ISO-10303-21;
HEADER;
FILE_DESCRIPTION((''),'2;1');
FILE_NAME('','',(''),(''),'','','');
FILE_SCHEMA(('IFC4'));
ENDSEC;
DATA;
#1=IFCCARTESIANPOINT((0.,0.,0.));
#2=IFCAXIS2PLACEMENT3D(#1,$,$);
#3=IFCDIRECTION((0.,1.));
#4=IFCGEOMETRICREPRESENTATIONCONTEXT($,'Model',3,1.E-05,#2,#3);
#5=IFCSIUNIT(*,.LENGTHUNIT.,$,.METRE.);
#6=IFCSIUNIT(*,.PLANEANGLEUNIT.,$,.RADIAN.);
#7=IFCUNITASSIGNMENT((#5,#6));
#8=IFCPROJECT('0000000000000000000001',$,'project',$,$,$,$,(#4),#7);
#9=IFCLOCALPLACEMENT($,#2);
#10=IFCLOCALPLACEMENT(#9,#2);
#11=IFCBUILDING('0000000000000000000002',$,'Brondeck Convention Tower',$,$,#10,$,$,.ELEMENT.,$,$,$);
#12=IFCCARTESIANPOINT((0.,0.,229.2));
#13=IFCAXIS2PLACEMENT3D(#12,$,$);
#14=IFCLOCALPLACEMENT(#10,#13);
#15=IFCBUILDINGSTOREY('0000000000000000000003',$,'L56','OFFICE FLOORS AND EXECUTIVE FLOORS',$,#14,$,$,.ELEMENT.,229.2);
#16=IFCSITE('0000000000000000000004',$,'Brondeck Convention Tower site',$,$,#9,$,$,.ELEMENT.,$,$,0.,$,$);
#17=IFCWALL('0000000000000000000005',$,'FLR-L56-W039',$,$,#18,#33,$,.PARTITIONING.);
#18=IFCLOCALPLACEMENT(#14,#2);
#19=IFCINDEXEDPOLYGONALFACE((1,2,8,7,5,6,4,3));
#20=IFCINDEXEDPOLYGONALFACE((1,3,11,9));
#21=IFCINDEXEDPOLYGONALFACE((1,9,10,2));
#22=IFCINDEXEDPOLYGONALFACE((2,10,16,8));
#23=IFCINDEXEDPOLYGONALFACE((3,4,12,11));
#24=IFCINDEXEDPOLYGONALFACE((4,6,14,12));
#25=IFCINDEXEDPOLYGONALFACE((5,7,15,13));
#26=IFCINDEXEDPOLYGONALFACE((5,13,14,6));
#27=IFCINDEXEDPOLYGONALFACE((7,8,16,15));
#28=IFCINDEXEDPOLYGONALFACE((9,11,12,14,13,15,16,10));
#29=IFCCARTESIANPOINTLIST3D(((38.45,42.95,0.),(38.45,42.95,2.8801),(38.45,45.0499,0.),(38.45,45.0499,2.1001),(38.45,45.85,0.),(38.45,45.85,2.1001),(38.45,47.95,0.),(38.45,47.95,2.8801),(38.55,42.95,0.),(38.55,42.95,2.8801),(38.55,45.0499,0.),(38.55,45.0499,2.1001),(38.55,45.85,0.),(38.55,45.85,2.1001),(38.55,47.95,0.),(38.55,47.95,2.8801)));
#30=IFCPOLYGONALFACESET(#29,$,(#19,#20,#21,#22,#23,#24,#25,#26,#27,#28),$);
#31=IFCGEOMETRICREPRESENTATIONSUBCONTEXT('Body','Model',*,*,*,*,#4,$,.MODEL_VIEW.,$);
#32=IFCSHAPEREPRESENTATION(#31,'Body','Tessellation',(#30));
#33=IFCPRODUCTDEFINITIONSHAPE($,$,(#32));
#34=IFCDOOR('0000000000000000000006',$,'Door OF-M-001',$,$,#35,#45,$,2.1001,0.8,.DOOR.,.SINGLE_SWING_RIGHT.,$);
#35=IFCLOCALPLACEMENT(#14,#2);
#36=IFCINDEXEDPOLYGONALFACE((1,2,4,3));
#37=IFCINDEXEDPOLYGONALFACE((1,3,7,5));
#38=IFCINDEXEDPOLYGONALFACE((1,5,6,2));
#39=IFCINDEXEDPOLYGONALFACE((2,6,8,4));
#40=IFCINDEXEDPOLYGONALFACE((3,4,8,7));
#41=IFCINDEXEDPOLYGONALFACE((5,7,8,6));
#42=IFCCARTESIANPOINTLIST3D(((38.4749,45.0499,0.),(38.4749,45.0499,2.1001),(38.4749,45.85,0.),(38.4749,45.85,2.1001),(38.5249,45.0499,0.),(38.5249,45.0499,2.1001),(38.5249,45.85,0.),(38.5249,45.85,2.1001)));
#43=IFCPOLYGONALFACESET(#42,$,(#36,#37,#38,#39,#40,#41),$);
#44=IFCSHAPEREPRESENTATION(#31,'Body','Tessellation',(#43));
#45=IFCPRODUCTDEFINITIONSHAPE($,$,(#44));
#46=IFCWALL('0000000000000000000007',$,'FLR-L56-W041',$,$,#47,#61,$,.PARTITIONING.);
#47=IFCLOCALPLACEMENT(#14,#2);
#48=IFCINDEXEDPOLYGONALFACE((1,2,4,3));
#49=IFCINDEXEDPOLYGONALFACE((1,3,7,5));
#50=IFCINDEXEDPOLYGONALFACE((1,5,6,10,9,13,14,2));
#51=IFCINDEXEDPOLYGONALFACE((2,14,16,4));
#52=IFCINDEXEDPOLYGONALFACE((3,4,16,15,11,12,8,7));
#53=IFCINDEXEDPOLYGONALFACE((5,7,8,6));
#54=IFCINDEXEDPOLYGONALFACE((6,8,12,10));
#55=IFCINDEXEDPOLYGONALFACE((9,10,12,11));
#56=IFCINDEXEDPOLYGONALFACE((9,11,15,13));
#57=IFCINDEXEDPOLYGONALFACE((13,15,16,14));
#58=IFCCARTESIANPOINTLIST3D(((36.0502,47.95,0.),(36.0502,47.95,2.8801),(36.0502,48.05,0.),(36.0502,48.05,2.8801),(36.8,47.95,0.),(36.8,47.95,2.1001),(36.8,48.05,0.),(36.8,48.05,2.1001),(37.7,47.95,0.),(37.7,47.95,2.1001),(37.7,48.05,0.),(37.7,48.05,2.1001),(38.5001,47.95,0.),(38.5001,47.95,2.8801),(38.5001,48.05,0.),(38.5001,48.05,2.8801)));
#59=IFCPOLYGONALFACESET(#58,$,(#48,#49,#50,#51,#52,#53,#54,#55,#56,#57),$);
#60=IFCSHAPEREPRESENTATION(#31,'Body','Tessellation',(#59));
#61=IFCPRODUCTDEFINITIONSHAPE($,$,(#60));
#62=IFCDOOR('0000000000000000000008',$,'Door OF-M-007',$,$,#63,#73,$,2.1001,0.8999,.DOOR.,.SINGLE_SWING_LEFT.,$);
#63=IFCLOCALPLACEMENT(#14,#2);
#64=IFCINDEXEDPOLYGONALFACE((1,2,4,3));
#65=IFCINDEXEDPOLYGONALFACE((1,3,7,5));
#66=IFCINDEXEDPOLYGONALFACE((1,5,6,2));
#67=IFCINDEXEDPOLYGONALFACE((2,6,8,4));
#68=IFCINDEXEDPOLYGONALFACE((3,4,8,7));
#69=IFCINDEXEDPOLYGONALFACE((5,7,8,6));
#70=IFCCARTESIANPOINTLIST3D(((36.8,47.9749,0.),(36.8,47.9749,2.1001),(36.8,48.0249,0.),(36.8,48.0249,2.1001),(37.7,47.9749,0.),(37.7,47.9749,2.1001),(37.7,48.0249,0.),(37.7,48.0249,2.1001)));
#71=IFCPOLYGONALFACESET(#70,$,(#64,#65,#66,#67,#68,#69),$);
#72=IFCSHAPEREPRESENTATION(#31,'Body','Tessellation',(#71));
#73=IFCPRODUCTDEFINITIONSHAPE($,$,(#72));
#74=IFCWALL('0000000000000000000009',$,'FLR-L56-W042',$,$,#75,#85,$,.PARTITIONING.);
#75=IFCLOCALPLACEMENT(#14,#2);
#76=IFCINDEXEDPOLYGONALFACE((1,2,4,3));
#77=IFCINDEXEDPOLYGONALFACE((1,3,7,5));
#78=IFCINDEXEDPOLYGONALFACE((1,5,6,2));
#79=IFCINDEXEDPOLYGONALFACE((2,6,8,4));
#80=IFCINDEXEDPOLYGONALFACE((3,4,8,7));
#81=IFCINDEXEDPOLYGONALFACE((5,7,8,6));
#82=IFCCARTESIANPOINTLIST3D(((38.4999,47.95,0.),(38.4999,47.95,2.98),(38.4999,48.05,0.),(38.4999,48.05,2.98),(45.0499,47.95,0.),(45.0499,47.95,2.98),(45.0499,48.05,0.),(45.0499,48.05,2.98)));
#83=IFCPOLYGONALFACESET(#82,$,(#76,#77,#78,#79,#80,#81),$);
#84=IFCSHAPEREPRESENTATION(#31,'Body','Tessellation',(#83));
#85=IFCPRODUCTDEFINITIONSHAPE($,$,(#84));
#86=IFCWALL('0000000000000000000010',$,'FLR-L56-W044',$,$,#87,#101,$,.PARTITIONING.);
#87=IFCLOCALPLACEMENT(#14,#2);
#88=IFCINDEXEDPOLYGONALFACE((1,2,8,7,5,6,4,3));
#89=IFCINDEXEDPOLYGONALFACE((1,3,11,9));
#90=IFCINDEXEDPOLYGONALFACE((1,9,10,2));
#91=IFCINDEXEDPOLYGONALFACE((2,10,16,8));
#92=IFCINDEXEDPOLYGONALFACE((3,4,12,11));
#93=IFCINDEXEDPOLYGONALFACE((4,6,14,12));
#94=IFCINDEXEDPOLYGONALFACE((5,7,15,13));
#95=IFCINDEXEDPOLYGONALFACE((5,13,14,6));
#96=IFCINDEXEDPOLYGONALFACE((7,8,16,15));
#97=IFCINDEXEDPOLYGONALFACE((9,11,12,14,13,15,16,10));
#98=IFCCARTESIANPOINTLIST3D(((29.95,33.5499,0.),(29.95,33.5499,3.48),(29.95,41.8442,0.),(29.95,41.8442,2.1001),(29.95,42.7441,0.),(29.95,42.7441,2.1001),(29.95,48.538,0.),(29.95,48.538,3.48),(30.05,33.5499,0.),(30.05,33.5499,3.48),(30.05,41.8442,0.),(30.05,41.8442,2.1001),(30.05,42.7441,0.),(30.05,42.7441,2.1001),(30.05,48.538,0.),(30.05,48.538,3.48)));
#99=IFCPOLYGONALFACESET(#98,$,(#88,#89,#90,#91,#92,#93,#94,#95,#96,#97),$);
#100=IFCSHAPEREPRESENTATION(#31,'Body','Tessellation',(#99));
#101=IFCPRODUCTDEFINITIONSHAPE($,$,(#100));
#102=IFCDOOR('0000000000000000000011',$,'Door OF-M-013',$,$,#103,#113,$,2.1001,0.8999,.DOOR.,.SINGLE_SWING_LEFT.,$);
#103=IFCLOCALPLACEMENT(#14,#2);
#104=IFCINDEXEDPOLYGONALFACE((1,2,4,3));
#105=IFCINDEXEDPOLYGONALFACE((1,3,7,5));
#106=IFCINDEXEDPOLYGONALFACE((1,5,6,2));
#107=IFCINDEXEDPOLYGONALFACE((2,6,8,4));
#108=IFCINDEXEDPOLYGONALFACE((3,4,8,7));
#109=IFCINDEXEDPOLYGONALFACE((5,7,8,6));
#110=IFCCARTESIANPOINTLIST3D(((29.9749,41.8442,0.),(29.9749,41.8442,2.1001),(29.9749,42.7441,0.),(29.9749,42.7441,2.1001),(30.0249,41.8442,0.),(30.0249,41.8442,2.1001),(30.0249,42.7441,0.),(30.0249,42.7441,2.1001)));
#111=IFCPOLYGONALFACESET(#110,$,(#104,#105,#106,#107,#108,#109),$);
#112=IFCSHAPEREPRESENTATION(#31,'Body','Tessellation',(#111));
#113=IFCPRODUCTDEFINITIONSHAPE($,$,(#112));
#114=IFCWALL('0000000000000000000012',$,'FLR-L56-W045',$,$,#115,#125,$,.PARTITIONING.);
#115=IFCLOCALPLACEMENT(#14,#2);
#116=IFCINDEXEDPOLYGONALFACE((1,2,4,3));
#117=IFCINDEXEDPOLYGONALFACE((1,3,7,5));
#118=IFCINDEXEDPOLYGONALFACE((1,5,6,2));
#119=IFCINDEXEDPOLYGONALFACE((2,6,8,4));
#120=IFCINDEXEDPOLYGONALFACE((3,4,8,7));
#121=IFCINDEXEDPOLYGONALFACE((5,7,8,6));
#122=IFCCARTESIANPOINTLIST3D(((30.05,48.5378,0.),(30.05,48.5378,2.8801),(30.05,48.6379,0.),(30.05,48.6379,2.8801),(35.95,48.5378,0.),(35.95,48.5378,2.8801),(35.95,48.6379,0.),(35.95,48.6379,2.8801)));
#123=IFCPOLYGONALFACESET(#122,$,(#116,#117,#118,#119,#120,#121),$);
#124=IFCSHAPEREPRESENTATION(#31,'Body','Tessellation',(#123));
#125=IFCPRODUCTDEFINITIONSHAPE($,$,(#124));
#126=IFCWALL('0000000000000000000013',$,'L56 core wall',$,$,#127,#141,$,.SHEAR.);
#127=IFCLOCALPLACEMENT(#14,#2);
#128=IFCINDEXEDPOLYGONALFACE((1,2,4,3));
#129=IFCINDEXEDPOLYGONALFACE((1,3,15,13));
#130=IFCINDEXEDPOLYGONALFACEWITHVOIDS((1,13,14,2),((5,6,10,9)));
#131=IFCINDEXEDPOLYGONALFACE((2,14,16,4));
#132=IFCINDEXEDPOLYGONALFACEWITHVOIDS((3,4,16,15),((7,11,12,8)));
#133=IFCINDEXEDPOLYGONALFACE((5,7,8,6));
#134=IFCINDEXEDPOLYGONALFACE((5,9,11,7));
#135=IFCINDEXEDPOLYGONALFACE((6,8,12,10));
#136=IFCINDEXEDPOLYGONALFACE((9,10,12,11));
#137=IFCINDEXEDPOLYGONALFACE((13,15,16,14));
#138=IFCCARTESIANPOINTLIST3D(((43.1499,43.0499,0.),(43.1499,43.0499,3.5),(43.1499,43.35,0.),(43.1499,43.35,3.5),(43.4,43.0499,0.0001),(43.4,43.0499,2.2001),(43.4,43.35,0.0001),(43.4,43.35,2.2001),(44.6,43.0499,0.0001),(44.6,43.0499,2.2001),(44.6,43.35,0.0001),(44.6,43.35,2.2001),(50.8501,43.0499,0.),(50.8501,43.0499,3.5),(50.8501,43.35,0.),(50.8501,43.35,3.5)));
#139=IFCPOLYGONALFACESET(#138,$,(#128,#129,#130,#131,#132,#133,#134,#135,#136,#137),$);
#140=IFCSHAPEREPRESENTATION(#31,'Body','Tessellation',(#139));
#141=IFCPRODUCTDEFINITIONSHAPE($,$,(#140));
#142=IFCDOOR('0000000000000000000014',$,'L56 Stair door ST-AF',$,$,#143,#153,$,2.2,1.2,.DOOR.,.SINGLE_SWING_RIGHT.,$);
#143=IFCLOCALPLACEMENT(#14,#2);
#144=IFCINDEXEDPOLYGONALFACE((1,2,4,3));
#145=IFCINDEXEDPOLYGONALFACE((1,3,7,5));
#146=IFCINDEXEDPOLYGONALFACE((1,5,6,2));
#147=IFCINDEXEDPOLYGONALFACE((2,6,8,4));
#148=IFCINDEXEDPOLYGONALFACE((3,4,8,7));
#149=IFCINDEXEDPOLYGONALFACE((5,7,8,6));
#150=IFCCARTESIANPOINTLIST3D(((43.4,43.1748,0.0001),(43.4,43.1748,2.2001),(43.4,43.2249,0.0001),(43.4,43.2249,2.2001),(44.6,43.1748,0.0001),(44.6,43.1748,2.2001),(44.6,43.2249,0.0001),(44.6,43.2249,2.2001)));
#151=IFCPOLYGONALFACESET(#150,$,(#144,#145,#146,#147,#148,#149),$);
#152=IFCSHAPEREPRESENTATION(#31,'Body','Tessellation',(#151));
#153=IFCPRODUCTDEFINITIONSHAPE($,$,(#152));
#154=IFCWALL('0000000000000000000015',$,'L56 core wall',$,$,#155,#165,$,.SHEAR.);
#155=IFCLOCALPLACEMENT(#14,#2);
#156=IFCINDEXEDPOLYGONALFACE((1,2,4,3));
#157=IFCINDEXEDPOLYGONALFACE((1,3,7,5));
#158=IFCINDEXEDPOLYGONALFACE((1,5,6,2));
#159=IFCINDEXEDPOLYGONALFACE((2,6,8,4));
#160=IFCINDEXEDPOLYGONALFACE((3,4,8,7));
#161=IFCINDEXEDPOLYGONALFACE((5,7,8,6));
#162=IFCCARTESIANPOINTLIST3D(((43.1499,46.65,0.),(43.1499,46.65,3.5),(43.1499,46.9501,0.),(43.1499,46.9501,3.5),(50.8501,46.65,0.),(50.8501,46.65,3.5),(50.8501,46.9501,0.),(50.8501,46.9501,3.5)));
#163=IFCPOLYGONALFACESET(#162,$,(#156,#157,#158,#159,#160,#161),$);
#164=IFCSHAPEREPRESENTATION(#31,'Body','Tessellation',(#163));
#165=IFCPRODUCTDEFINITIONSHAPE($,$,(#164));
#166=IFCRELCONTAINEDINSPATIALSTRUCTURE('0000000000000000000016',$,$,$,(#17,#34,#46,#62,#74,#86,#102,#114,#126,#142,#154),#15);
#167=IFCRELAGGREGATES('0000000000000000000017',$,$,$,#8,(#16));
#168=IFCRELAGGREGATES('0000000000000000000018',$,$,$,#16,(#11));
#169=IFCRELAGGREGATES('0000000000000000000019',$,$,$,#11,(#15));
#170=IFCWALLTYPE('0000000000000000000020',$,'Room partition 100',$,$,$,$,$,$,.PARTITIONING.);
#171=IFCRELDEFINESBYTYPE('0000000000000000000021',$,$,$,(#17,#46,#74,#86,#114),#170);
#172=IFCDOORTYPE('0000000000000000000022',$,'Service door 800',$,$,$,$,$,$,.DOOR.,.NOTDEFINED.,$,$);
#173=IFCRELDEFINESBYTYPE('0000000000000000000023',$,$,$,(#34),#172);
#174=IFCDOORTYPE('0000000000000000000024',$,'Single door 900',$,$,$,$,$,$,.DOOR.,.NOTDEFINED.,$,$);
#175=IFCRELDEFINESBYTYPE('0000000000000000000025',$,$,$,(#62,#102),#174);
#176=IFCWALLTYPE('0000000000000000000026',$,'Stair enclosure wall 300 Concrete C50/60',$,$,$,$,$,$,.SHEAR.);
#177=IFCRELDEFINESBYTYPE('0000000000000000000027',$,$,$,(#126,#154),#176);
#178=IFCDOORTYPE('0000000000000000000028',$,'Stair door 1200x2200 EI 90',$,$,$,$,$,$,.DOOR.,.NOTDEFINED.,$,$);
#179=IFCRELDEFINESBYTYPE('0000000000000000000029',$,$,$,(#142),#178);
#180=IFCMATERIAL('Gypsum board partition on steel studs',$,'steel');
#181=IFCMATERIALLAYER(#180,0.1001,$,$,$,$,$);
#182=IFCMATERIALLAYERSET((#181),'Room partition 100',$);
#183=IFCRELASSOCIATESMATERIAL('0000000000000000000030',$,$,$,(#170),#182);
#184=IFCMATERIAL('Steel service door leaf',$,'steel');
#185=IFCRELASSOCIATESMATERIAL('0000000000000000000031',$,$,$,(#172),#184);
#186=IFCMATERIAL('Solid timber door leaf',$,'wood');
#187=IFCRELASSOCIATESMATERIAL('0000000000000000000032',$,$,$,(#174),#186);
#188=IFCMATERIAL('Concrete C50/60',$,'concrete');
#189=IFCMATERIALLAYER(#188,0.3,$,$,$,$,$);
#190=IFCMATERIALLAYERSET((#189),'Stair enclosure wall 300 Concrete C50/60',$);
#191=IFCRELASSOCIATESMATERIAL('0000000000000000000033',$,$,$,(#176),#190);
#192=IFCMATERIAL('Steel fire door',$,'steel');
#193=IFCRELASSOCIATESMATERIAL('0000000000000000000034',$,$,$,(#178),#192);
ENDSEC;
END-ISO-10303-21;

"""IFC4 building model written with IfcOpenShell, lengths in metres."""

from ifc_helpers import new_model, si_unit, direction, frame, frame_2d, origin, place, context, subcontext, project, spatial, rectangle, extrude, material, layer, layer_set, type_object, element, fill, save


model = new_model("IFC4")

# Units and contexts
model_context = context("Model", 3, precision=1e-05, world=origin(), true_north=direction((0.0, 1.0)))
body_context = subcontext(model_context, "Body", "Model", "MODEL_VIEW")
ifc_project = project(units=[si_unit("LENGTHUNIT", "METRE"), si_unit("PLANEANGLEUNIT", "RADIAN")], contexts=[model_context])

# Site, building, storey
site_placement = place(None, origin())
site = spatial("IfcSite", under=ifc_project, at=site_placement, Name="Brondeck Convention Tower site", CompositionType="ELEMENT", RefElevation=0.0)
building_placement = place(site_placement, origin())
building = spatial("IfcBuilding", under=site, at=building_placement, Name="Brondeck Convention Tower", CompositionType="ELEMENT")
storey_placement = place(building_placement, frame((0.0, 0.0, 229.2)))
storey = spatial("IfcBuildingStorey", under=building, at=storey_placement, Name="L56", Description="OFFICE FLOORS AND EXECUTIVE FLOORS", CompositionType="ELEMENT", Elevation=229.2)

# Shared definitions
ifc_material_1 = material(Name="Concrete C50/60", Category="concrete")

# Walls, openings, doors
ifc_material_2 = material(Name="Gypsum board partition on steel studs", Category="steel")
ifc_layer_1 = layer(ifc_material_2, 0.1001)
ifc_layer_set_1 = layer_set([ifc_layer_1], Name="Room partition 100")
wall_type_1 = type_object("IfcWallType", Name="Room partition 100", PredefinedType="PARTITIONING", material=ifc_layer_set_1)
wall_1_placement = place(storey_placement, frame((38.5, 47.95, 0.0), z_axis=(0.0, 0.0, 1.0), x_axis=(0.0, -1.0, 0.0)))
wall_1 = element("IfcWall", 1, at=wall_1_placement, inside=storey, type_object=wall_type_1, Name="FLR-L56-W039", PredefinedType="PARTITIONING", context=body_context, shape_type="SweptSolid", body=[
    extrude(rectangle(XDim=5.0, YDim=0.1001, at=frame_2d((2.5, 0.0))), origin(), (0.0, 0.0, 1.0), 2.8801),
])
opening_1_placement = place(wall_1_placement, frame((2.1001, 0.0, 0.0)))
opening_1 = element("IfcOpeningElement", 2, at=opening_1_placement, cuts=wall_1, PredefinedType="OPENING", context=body_context, shape_type="SweptSolid", body=[
    extrude(rectangle(XDim=0.8, YDim=2.1001, at=frame_2d((0.3999, 1.05))), frame((0.0, 0.0601, 0.0), z_axis=(0.0, -1.0, 0.0), x_axis=(1.0, 0.0, 0.0)), (0.0, 0.0, 1.0), 0.1201),
])
ifc_material_3 = material(Name="Steel service door leaf", Category="steel")
door_type_1 = type_object("IfcDoorType", Name="Service door 800", OperationType="NOTDEFINED", PredefinedType="DOOR", material=ifc_material_3)
door_1_placement = place(opening_1_placement, origin())
door_1 = element("IfcDoor", 3, at=door_1_placement, inside=storey, type_object=door_type_1, Name="Door OF-M-001", OperationType="SINGLE_SWING_RIGHT", OverallHeight=2.1001, OverallWidth=0.8, PredefinedType="DOOR", context=body_context, shape_type="SweptSolid", body=[
    extrude(rectangle(XDim=0.8, YDim=2.1001, at=frame_2d((0.3999, 1.05))), frame((0.0, 0.0249, 0.0), z_axis=(0.0, -1.0, 0.0), x_axis=(1.0, 0.0, 0.0)), (0.0, 0.0, 1.0), 0.05),
])
fill(opening_1, door_1)
wall_2_placement = place(storey_placement, frame((36.05, 48.0, 0.0), z_axis=(0.0, 0.0, 1.0), x_axis=(1.0, 0.0, 0.0)))
wall_2 = element("IfcWall", 4, at=wall_2_placement, inside=storey, type_object=wall_type_1, Name="FLR-L56-W041", PredefinedType="PARTITIONING", context=body_context, shape_type="SweptSolid", body=[
    extrude(rectangle(XDim=2.45, YDim=0.1001, at=frame_2d((1.2251, 0.0))), origin(), (0.0, 0.0, 1.0), 2.8801),
])
opening_2_placement = place(wall_2_placement, frame((0.75, 0.0, 0.0)))
opening_2 = element("IfcOpeningElement", 5, at=opening_2_placement, cuts=wall_2, PredefinedType="OPENING", context=body_context, shape_type="SweptSolid", body=[
    extrude(rectangle(XDim=0.8999, YDim=2.1001, at=frame_2d((0.45, 1.05))), frame((0.0, 0.0601, 0.0), z_axis=(0.0, -1.0, 0.0), x_axis=(1.0, 0.0, 0.0)), (0.0, 0.0, 1.0), 0.1201),
])
ifc_material_4 = material(Name="Solid timber door leaf", Category="wood")
door_type_2 = type_object("IfcDoorType", Name="Single door 900", OperationType="NOTDEFINED", PredefinedType="DOOR", material=ifc_material_4)
door_2_placement = place(opening_2_placement, origin())
door_2 = element("IfcDoor", 6, at=door_2_placement, inside=storey, type_object=door_type_2, Name="Door OF-M-007", OperationType="SINGLE_SWING_LEFT", OverallHeight=2.1001, OverallWidth=0.8999, PredefinedType="DOOR", context=body_context, shape_type="SweptSolid", body=[
    extrude(rectangle(XDim=0.8999, YDim=2.1001, at=frame_2d((0.45, 1.05))), frame((0.0, 0.0249, 0.0), z_axis=(0.0, -1.0, 0.0), x_axis=(1.0, 0.0, 0.0)), (0.0, 0.0, 1.0), 0.05),
])
fill(opening_2, door_2)

# Wall
wall_3_placement = place(storey_placement, frame((38.5, 48.0, 0.0), z_axis=(0.0, 0.0, 1.0), x_axis=(1.0, 0.0, 0.0)))
element("IfcWall", 7, at=wall_3_placement, inside=storey, type_object=wall_type_1, Name="FLR-L56-W042", PredefinedType="PARTITIONING", context=body_context, shape_type="SweptSolid", body=[
    extrude(rectangle(XDim=6.55, YDim=0.1001, at=frame_2d((3.2749, 0.0))), origin(), (0.0, 0.0, 1.0), 2.98),
])

# Wall, opening, door
wall_4_placement = place(storey_placement, frame((30.0, 48.5381, 0.0), z_axis=(0.0, 0.0, 1.0), x_axis=(0.0, -1.0, 0.0)))
wall_4 = element("IfcWall", 8, at=wall_4_placement, inside=storey, type_object=wall_type_1, Name="FLR-L56-W044", PredefinedType="PARTITIONING", context=body_context, shape_type="SweptSolid", body=[
    extrude(rectangle(XDim=14.988, YDim=0.1001, at=frame_2d((7.4941, 0.0))), origin(), (0.0, 0.0, 1.0), 3.48),
])
opening_3_placement = place(wall_4_placement, frame((5.7939, 0.0, 0.0)))
opening_3 = element("IfcOpeningElement", 9, at=opening_3_placement, cuts=wall_4, PredefinedType="OPENING", context=body_context, shape_type="SweptSolid", body=[
    extrude(rectangle(XDim=0.8999, YDim=2.1001, at=frame_2d((0.45, 1.05))), frame((0.0, 0.0601, 0.0), z_axis=(0.0, -1.0, 0.0), x_axis=(1.0, 0.0, 0.0)), (0.0, 0.0, 1.0), 0.1201),
])
door_3_placement = place(opening_3_placement, origin())
door_3 = element("IfcDoor", 10, at=door_3_placement, inside=storey, type_object=door_type_2, Name="Door OF-M-013", OperationType="SINGLE_SWING_LEFT", OverallHeight=2.1001, OverallWidth=0.8999, PredefinedType="DOOR", context=body_context, shape_type="SweptSolid", body=[
    extrude(rectangle(XDim=0.8999, YDim=2.1001, at=frame_2d((0.45, 1.05))), frame((0.0, 0.0249, 0.0), z_axis=(0.0, -1.0, 0.0), x_axis=(1.0, 0.0, 0.0)), (0.0, 0.0, 1.0), 0.05),
])
fill(opening_3, door_3)

# Wall
wall_5_placement = place(storey_placement, frame((30.05, 48.5879, 0.0), z_axis=(0.0, 0.0, 1.0), x_axis=(1.0, 0.0, 0.0)))
element("IfcWall", 11, at=wall_5_placement, inside=storey, type_object=wall_type_1, Name="FLR-L56-W045", PredefinedType="PARTITIONING", context=body_context, shape_type="SweptSolid", body=[
    extrude(rectangle(XDim=5.8999, YDim=0.1001, at=frame_2d((2.95, 0.0))), origin(), (0.0, 0.0, 1.0), 2.8801),
])

# Wall, opening, door
ifc_layer_2 = layer(ifc_material_1, 0.3)
ifc_layer_set_2 = layer_set([ifc_layer_2], Name="Stair enclosure wall 300 Concrete C50/60")
wall_type_2 = type_object("IfcWallType", Name="Stair enclosure wall 300 Concrete C50/60", PredefinedType="SHEAR", material=ifc_layer_set_2)
wall_6_placement = place(storey_placement, frame((43.1499, 43.2, 0.0), z_axis=(0.0, 0.0, 1.0), x_axis=(1.0, 0.0, 0.0)))
wall_6 = element("IfcWall", 12, at=wall_6_placement, inside=storey, type_object=wall_type_2, Name="L56 core wall", PredefinedType="SHEAR", context=body_context, shape_type="SweptSolid", body=[
    extrude(rectangle(XDim=7.7002, YDim=0.3, at=frame_2d((3.8501, 0.0))), origin(), (0.0, 0.0, 1.0), 3.5),
])
opening_4_placement = place(wall_6_placement, frame((0.25, 0.0, 0.0)))
opening_4 = element("IfcOpeningElement", 13, at=opening_4_placement, cuts=wall_6, PredefinedType="OPENING", context=body_context, shape_type="SweptSolid", body=[
    extrude(rectangle(XDim=1.2, YDim=2.2, at=frame_2d((0.6001, 1.1001))), frame((0.0, 0.1599, 0.0), z_axis=(0.0, -1.0, 0.0), x_axis=(1.0, 0.0, 0.0)), (0.0, 0.0, 1.0), 0.3201),
])
ifc_material_5 = material(Name="Steel fire door", Category="steel")
door_type_3 = type_object("IfcDoorType", Name="Stair door 1200x2200 EI 90", OperationType="NOTDEFINED", PredefinedType="DOOR", material=ifc_material_5)
door_4_placement = place(opening_4_placement, origin())
door_4 = element("IfcDoor", 14, at=door_4_placement, inside=storey, type_object=door_type_3, Name="L56 Stair door ST-AF", OperationType="SINGLE_SWING_RIGHT", OverallHeight=2.2, OverallWidth=1.2, PredefinedType="DOOR", context=body_context, shape_type="SweptSolid", body=[
    extrude(rectangle(XDim=1.2, YDim=2.2, at=frame_2d((0.6001, 1.1001))), frame((0.0, 0.0249, 0.0), z_axis=(0.0, -1.0, 0.0), x_axis=(1.0, 0.0, 0.0)), (0.0, 0.0, 1.0), 0.05),
])
fill(opening_4, door_4)

# Wall
wall_7_placement = place(storey_placement, frame((43.1499, 46.8, 0.0), z_axis=(0.0, 0.0, 1.0), x_axis=(1.0, 0.0, 0.0)))
element("IfcWall", 15, at=wall_7_placement, inside=storey, type_object=wall_type_2, Name="L56 core wall", PredefinedType="SHEAR", context=body_context, shape_type="SweptSolid", body=[
    extrude(rectangle(XDim=7.7002, YDim=0.3, at=frame_2d((3.8501, 0.0))), origin(), (0.0, 0.0, 1.0), 3.5),
])

save(model, "model.ifc")
